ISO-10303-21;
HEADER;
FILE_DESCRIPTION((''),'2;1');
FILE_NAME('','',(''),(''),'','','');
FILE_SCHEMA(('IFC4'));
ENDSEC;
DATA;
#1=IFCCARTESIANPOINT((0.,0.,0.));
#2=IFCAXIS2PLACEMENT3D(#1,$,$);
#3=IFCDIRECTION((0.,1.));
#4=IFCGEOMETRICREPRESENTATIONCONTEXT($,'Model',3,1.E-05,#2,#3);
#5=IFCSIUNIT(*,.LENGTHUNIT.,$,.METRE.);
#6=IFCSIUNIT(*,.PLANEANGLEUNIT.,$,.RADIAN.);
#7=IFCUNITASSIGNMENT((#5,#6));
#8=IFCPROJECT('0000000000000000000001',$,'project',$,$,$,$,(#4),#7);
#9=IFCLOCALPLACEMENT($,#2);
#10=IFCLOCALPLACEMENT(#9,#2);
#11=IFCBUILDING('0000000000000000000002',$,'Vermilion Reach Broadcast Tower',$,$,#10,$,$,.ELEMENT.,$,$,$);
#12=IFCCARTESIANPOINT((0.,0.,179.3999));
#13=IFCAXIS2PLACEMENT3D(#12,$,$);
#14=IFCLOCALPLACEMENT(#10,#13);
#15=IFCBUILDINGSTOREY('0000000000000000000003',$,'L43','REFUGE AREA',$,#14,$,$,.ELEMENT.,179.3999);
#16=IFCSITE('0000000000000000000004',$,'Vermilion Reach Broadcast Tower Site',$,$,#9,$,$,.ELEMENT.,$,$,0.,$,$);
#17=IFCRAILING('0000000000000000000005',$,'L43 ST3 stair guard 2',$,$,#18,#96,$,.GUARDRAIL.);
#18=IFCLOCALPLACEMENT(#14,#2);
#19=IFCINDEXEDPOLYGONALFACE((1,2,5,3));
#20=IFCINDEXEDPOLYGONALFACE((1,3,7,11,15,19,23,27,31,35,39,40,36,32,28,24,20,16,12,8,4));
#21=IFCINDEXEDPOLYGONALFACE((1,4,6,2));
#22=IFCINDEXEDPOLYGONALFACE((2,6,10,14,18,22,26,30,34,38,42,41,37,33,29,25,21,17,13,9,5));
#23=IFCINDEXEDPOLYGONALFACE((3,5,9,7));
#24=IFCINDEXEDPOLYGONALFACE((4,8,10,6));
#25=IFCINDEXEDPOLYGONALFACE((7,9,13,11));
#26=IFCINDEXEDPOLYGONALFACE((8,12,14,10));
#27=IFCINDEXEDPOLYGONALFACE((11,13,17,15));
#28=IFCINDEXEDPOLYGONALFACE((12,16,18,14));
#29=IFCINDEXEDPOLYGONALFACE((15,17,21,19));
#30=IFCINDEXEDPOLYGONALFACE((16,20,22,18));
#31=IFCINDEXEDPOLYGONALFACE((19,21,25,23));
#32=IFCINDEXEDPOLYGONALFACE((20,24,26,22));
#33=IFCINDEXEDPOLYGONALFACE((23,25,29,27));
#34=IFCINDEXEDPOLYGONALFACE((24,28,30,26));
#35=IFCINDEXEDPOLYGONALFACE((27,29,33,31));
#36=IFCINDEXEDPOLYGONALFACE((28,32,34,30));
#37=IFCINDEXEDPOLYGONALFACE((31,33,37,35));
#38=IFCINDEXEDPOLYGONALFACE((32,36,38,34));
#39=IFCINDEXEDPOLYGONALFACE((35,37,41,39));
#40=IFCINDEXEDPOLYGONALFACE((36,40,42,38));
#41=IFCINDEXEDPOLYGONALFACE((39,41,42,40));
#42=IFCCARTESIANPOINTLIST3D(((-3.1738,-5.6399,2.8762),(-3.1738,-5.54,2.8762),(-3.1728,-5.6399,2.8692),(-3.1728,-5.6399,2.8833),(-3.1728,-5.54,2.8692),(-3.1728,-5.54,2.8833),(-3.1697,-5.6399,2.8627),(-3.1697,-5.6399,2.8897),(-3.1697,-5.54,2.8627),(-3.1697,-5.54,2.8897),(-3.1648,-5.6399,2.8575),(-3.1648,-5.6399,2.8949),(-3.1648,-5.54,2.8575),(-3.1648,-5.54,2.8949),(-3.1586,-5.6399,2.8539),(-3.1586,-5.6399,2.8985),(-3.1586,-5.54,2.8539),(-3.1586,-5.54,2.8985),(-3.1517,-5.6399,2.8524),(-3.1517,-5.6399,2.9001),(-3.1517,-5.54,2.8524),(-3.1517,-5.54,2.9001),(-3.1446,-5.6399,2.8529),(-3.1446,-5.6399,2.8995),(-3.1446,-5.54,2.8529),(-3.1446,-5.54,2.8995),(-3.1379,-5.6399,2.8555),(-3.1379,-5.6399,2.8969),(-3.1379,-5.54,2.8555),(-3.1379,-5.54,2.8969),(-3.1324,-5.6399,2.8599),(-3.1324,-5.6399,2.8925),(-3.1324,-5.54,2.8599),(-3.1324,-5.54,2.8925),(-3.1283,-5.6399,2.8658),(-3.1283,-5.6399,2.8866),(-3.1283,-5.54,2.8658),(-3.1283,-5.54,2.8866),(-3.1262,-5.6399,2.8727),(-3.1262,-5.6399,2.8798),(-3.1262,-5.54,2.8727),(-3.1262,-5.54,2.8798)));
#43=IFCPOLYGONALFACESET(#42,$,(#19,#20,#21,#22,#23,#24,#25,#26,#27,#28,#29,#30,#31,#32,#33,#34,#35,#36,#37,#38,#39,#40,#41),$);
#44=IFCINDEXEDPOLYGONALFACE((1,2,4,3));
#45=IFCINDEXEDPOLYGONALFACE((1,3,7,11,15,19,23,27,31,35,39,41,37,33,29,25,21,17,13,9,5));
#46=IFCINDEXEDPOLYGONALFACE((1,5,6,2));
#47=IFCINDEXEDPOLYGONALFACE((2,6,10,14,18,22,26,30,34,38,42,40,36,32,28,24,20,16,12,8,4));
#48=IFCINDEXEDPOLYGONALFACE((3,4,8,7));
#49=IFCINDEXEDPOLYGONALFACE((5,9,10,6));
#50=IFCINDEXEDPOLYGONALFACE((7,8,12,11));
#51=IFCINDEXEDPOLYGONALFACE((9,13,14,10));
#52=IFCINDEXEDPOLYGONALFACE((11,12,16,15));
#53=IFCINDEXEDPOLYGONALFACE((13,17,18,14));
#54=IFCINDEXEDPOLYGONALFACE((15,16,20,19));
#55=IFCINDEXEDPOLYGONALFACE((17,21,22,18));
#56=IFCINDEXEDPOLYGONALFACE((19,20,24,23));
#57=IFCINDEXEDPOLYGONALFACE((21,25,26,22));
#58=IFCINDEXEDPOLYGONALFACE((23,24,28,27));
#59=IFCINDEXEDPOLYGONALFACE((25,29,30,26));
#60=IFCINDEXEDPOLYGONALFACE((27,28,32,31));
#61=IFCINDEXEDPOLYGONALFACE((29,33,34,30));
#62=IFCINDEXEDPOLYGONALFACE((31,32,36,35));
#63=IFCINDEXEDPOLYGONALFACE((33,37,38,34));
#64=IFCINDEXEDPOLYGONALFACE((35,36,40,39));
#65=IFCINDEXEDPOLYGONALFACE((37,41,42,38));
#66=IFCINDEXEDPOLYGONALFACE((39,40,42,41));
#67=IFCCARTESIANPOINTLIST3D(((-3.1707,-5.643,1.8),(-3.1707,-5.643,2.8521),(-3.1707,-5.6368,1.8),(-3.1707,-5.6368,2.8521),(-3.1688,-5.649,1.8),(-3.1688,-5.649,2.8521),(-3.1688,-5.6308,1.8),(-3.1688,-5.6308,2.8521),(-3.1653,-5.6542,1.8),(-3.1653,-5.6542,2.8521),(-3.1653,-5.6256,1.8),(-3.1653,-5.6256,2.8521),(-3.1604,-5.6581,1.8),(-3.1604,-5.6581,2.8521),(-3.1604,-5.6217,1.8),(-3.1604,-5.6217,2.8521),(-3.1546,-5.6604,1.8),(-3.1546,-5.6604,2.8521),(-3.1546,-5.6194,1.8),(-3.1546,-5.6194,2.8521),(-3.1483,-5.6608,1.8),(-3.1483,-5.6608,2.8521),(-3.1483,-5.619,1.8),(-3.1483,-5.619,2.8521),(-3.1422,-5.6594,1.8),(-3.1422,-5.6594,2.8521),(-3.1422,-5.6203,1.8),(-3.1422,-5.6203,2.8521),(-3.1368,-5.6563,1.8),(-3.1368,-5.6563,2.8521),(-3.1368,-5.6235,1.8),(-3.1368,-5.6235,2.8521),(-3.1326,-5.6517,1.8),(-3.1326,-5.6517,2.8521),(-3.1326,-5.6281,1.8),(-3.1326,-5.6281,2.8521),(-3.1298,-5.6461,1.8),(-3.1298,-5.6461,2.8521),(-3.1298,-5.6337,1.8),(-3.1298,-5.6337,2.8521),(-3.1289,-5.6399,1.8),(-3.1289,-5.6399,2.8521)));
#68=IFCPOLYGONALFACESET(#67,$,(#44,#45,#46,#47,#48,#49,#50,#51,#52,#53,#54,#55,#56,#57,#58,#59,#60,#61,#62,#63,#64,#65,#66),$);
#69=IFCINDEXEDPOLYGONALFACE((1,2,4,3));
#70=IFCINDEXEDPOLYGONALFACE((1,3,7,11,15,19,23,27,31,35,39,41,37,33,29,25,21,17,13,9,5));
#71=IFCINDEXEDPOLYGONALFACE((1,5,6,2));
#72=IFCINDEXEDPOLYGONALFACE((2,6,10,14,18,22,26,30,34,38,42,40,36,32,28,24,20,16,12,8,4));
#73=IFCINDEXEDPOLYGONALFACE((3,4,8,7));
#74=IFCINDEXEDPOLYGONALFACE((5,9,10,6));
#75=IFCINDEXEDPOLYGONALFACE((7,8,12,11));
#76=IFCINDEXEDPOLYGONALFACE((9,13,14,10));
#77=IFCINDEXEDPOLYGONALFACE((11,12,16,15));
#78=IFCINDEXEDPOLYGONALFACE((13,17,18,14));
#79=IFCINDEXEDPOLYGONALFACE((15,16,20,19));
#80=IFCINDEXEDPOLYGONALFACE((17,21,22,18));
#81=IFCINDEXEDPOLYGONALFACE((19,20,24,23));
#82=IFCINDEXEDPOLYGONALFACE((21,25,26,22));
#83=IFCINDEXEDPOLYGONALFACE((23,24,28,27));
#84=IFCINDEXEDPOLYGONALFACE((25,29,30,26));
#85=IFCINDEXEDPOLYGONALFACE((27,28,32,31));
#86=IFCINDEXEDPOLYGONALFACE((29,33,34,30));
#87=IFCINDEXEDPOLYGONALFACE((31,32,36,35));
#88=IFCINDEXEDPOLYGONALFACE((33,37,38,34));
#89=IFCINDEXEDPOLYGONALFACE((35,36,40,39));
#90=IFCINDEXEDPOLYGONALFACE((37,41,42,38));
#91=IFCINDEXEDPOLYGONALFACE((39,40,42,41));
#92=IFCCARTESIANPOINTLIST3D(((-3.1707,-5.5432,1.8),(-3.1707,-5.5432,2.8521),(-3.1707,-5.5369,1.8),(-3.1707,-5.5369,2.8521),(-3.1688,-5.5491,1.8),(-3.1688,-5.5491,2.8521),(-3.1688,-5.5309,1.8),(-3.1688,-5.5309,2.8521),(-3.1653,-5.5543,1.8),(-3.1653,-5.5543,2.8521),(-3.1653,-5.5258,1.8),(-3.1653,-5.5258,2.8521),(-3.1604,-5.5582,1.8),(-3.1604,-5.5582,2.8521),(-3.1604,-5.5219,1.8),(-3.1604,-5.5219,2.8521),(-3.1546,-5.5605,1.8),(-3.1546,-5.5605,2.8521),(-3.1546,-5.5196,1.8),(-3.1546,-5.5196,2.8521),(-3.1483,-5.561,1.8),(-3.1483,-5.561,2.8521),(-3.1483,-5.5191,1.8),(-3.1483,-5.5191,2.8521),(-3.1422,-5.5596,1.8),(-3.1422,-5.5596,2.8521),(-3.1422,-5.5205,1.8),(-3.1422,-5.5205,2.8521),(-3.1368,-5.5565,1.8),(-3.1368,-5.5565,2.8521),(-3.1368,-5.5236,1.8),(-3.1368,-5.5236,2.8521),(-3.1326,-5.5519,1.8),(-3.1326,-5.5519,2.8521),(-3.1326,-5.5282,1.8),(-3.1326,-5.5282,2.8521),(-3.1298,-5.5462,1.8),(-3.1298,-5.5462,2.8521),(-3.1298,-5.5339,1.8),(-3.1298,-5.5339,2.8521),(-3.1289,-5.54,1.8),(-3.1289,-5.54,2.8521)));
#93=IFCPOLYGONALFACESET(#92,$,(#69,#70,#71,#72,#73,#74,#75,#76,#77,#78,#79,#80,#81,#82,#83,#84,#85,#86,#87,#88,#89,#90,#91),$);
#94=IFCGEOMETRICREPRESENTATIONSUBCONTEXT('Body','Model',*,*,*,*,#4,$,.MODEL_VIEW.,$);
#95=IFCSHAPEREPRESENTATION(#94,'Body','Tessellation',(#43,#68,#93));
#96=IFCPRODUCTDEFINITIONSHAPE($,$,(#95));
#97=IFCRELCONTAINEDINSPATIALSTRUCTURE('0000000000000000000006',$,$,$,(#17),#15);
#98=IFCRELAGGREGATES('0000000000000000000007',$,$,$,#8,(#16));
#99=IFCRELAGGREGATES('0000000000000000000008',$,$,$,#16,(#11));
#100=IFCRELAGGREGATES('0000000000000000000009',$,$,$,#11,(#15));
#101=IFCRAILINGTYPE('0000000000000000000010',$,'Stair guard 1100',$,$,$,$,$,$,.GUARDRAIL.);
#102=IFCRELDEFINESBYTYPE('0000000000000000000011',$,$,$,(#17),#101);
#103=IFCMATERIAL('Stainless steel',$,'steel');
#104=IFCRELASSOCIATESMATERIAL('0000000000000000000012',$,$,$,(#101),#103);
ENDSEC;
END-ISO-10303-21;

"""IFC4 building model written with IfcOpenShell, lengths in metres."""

from ifc_helpers import new_model, si_unit, direction, frame, origin, origin_2d, place, context, subcontext, project, spatial, circle, extrude, material, type_object, element, save


model = new_model("IFC4")

# Units and contexts
model_context = context("Model", 3, precision=1e-05, world=origin(), true_north=direction((0.0, 1.0)))
body_context = subcontext(model_context, "Body", "Model", "MODEL_VIEW")
ifc_project = project(units=[si_unit("LENGTHUNIT", "METRE"), si_unit("PLANEANGLEUNIT", "RADIAN")], contexts=[model_context])

# Site, building, storey
site_placement = place(None, origin())
site = spatial("IfcSite", under=ifc_project, at=site_placement, Name="Vermilion Reach Broadcast Tower Site", CompositionType="ELEMENT", RefElevation=0.0)
building_placement = place(site_placement, origin())
building = spatial("IfcBuilding", under=site, at=building_placement, Name="Vermilion Reach Broadcast Tower", CompositionType="ELEMENT")
storey_placement = place(building_placement, frame((0.0, 0.0, 179.3999)))
storey = spatial("IfcBuildingStorey", under=building, at=storey_placement, Name="L43", Description="REFUGE AREA", CompositionType="ELEMENT", Elevation=179.3999)

# Railing
ifc_material_1 = material(Name="Stainless steel", Category="steel")
railing_type_1 = type_object("IfcRailingType", Name="Stair guard 1100", PredefinedType="GUARDRAIL", material=ifc_material_1)
railing_1_placement = place(storey_placement, frame((-3.1499, -5.6399, 1.8)))
element("IfcRailing", 1, at=railing_1_placement, inside=storey, type_object=railing_type_1, Name="L43 ST3 stair guard 2", PredefinedType="GUARDRAIL", context=body_context, shape_type="SweptSolid", body=[
    extrude(circle(Radius=0.0239, at=origin_2d()), frame((0.0, 0.0, 1.0762), z_axis=(0.0, 1.0, 0.0), x_axis=(-1.0, 0.0, 0.0)), (0.0, 0.0, 1.0), 0.0999),
    extrude(circle(Radius=0.021, at=origin_2d()), origin(), (0.0, 0.0, 1.0), 1.052),
    extrude(circle(Radius=0.021, at=origin_2d()), frame((0.0, 0.0999, 0.0)), (0.0, 0.0, 1.0), 1.052),
])

save(model, "model.ifc")
